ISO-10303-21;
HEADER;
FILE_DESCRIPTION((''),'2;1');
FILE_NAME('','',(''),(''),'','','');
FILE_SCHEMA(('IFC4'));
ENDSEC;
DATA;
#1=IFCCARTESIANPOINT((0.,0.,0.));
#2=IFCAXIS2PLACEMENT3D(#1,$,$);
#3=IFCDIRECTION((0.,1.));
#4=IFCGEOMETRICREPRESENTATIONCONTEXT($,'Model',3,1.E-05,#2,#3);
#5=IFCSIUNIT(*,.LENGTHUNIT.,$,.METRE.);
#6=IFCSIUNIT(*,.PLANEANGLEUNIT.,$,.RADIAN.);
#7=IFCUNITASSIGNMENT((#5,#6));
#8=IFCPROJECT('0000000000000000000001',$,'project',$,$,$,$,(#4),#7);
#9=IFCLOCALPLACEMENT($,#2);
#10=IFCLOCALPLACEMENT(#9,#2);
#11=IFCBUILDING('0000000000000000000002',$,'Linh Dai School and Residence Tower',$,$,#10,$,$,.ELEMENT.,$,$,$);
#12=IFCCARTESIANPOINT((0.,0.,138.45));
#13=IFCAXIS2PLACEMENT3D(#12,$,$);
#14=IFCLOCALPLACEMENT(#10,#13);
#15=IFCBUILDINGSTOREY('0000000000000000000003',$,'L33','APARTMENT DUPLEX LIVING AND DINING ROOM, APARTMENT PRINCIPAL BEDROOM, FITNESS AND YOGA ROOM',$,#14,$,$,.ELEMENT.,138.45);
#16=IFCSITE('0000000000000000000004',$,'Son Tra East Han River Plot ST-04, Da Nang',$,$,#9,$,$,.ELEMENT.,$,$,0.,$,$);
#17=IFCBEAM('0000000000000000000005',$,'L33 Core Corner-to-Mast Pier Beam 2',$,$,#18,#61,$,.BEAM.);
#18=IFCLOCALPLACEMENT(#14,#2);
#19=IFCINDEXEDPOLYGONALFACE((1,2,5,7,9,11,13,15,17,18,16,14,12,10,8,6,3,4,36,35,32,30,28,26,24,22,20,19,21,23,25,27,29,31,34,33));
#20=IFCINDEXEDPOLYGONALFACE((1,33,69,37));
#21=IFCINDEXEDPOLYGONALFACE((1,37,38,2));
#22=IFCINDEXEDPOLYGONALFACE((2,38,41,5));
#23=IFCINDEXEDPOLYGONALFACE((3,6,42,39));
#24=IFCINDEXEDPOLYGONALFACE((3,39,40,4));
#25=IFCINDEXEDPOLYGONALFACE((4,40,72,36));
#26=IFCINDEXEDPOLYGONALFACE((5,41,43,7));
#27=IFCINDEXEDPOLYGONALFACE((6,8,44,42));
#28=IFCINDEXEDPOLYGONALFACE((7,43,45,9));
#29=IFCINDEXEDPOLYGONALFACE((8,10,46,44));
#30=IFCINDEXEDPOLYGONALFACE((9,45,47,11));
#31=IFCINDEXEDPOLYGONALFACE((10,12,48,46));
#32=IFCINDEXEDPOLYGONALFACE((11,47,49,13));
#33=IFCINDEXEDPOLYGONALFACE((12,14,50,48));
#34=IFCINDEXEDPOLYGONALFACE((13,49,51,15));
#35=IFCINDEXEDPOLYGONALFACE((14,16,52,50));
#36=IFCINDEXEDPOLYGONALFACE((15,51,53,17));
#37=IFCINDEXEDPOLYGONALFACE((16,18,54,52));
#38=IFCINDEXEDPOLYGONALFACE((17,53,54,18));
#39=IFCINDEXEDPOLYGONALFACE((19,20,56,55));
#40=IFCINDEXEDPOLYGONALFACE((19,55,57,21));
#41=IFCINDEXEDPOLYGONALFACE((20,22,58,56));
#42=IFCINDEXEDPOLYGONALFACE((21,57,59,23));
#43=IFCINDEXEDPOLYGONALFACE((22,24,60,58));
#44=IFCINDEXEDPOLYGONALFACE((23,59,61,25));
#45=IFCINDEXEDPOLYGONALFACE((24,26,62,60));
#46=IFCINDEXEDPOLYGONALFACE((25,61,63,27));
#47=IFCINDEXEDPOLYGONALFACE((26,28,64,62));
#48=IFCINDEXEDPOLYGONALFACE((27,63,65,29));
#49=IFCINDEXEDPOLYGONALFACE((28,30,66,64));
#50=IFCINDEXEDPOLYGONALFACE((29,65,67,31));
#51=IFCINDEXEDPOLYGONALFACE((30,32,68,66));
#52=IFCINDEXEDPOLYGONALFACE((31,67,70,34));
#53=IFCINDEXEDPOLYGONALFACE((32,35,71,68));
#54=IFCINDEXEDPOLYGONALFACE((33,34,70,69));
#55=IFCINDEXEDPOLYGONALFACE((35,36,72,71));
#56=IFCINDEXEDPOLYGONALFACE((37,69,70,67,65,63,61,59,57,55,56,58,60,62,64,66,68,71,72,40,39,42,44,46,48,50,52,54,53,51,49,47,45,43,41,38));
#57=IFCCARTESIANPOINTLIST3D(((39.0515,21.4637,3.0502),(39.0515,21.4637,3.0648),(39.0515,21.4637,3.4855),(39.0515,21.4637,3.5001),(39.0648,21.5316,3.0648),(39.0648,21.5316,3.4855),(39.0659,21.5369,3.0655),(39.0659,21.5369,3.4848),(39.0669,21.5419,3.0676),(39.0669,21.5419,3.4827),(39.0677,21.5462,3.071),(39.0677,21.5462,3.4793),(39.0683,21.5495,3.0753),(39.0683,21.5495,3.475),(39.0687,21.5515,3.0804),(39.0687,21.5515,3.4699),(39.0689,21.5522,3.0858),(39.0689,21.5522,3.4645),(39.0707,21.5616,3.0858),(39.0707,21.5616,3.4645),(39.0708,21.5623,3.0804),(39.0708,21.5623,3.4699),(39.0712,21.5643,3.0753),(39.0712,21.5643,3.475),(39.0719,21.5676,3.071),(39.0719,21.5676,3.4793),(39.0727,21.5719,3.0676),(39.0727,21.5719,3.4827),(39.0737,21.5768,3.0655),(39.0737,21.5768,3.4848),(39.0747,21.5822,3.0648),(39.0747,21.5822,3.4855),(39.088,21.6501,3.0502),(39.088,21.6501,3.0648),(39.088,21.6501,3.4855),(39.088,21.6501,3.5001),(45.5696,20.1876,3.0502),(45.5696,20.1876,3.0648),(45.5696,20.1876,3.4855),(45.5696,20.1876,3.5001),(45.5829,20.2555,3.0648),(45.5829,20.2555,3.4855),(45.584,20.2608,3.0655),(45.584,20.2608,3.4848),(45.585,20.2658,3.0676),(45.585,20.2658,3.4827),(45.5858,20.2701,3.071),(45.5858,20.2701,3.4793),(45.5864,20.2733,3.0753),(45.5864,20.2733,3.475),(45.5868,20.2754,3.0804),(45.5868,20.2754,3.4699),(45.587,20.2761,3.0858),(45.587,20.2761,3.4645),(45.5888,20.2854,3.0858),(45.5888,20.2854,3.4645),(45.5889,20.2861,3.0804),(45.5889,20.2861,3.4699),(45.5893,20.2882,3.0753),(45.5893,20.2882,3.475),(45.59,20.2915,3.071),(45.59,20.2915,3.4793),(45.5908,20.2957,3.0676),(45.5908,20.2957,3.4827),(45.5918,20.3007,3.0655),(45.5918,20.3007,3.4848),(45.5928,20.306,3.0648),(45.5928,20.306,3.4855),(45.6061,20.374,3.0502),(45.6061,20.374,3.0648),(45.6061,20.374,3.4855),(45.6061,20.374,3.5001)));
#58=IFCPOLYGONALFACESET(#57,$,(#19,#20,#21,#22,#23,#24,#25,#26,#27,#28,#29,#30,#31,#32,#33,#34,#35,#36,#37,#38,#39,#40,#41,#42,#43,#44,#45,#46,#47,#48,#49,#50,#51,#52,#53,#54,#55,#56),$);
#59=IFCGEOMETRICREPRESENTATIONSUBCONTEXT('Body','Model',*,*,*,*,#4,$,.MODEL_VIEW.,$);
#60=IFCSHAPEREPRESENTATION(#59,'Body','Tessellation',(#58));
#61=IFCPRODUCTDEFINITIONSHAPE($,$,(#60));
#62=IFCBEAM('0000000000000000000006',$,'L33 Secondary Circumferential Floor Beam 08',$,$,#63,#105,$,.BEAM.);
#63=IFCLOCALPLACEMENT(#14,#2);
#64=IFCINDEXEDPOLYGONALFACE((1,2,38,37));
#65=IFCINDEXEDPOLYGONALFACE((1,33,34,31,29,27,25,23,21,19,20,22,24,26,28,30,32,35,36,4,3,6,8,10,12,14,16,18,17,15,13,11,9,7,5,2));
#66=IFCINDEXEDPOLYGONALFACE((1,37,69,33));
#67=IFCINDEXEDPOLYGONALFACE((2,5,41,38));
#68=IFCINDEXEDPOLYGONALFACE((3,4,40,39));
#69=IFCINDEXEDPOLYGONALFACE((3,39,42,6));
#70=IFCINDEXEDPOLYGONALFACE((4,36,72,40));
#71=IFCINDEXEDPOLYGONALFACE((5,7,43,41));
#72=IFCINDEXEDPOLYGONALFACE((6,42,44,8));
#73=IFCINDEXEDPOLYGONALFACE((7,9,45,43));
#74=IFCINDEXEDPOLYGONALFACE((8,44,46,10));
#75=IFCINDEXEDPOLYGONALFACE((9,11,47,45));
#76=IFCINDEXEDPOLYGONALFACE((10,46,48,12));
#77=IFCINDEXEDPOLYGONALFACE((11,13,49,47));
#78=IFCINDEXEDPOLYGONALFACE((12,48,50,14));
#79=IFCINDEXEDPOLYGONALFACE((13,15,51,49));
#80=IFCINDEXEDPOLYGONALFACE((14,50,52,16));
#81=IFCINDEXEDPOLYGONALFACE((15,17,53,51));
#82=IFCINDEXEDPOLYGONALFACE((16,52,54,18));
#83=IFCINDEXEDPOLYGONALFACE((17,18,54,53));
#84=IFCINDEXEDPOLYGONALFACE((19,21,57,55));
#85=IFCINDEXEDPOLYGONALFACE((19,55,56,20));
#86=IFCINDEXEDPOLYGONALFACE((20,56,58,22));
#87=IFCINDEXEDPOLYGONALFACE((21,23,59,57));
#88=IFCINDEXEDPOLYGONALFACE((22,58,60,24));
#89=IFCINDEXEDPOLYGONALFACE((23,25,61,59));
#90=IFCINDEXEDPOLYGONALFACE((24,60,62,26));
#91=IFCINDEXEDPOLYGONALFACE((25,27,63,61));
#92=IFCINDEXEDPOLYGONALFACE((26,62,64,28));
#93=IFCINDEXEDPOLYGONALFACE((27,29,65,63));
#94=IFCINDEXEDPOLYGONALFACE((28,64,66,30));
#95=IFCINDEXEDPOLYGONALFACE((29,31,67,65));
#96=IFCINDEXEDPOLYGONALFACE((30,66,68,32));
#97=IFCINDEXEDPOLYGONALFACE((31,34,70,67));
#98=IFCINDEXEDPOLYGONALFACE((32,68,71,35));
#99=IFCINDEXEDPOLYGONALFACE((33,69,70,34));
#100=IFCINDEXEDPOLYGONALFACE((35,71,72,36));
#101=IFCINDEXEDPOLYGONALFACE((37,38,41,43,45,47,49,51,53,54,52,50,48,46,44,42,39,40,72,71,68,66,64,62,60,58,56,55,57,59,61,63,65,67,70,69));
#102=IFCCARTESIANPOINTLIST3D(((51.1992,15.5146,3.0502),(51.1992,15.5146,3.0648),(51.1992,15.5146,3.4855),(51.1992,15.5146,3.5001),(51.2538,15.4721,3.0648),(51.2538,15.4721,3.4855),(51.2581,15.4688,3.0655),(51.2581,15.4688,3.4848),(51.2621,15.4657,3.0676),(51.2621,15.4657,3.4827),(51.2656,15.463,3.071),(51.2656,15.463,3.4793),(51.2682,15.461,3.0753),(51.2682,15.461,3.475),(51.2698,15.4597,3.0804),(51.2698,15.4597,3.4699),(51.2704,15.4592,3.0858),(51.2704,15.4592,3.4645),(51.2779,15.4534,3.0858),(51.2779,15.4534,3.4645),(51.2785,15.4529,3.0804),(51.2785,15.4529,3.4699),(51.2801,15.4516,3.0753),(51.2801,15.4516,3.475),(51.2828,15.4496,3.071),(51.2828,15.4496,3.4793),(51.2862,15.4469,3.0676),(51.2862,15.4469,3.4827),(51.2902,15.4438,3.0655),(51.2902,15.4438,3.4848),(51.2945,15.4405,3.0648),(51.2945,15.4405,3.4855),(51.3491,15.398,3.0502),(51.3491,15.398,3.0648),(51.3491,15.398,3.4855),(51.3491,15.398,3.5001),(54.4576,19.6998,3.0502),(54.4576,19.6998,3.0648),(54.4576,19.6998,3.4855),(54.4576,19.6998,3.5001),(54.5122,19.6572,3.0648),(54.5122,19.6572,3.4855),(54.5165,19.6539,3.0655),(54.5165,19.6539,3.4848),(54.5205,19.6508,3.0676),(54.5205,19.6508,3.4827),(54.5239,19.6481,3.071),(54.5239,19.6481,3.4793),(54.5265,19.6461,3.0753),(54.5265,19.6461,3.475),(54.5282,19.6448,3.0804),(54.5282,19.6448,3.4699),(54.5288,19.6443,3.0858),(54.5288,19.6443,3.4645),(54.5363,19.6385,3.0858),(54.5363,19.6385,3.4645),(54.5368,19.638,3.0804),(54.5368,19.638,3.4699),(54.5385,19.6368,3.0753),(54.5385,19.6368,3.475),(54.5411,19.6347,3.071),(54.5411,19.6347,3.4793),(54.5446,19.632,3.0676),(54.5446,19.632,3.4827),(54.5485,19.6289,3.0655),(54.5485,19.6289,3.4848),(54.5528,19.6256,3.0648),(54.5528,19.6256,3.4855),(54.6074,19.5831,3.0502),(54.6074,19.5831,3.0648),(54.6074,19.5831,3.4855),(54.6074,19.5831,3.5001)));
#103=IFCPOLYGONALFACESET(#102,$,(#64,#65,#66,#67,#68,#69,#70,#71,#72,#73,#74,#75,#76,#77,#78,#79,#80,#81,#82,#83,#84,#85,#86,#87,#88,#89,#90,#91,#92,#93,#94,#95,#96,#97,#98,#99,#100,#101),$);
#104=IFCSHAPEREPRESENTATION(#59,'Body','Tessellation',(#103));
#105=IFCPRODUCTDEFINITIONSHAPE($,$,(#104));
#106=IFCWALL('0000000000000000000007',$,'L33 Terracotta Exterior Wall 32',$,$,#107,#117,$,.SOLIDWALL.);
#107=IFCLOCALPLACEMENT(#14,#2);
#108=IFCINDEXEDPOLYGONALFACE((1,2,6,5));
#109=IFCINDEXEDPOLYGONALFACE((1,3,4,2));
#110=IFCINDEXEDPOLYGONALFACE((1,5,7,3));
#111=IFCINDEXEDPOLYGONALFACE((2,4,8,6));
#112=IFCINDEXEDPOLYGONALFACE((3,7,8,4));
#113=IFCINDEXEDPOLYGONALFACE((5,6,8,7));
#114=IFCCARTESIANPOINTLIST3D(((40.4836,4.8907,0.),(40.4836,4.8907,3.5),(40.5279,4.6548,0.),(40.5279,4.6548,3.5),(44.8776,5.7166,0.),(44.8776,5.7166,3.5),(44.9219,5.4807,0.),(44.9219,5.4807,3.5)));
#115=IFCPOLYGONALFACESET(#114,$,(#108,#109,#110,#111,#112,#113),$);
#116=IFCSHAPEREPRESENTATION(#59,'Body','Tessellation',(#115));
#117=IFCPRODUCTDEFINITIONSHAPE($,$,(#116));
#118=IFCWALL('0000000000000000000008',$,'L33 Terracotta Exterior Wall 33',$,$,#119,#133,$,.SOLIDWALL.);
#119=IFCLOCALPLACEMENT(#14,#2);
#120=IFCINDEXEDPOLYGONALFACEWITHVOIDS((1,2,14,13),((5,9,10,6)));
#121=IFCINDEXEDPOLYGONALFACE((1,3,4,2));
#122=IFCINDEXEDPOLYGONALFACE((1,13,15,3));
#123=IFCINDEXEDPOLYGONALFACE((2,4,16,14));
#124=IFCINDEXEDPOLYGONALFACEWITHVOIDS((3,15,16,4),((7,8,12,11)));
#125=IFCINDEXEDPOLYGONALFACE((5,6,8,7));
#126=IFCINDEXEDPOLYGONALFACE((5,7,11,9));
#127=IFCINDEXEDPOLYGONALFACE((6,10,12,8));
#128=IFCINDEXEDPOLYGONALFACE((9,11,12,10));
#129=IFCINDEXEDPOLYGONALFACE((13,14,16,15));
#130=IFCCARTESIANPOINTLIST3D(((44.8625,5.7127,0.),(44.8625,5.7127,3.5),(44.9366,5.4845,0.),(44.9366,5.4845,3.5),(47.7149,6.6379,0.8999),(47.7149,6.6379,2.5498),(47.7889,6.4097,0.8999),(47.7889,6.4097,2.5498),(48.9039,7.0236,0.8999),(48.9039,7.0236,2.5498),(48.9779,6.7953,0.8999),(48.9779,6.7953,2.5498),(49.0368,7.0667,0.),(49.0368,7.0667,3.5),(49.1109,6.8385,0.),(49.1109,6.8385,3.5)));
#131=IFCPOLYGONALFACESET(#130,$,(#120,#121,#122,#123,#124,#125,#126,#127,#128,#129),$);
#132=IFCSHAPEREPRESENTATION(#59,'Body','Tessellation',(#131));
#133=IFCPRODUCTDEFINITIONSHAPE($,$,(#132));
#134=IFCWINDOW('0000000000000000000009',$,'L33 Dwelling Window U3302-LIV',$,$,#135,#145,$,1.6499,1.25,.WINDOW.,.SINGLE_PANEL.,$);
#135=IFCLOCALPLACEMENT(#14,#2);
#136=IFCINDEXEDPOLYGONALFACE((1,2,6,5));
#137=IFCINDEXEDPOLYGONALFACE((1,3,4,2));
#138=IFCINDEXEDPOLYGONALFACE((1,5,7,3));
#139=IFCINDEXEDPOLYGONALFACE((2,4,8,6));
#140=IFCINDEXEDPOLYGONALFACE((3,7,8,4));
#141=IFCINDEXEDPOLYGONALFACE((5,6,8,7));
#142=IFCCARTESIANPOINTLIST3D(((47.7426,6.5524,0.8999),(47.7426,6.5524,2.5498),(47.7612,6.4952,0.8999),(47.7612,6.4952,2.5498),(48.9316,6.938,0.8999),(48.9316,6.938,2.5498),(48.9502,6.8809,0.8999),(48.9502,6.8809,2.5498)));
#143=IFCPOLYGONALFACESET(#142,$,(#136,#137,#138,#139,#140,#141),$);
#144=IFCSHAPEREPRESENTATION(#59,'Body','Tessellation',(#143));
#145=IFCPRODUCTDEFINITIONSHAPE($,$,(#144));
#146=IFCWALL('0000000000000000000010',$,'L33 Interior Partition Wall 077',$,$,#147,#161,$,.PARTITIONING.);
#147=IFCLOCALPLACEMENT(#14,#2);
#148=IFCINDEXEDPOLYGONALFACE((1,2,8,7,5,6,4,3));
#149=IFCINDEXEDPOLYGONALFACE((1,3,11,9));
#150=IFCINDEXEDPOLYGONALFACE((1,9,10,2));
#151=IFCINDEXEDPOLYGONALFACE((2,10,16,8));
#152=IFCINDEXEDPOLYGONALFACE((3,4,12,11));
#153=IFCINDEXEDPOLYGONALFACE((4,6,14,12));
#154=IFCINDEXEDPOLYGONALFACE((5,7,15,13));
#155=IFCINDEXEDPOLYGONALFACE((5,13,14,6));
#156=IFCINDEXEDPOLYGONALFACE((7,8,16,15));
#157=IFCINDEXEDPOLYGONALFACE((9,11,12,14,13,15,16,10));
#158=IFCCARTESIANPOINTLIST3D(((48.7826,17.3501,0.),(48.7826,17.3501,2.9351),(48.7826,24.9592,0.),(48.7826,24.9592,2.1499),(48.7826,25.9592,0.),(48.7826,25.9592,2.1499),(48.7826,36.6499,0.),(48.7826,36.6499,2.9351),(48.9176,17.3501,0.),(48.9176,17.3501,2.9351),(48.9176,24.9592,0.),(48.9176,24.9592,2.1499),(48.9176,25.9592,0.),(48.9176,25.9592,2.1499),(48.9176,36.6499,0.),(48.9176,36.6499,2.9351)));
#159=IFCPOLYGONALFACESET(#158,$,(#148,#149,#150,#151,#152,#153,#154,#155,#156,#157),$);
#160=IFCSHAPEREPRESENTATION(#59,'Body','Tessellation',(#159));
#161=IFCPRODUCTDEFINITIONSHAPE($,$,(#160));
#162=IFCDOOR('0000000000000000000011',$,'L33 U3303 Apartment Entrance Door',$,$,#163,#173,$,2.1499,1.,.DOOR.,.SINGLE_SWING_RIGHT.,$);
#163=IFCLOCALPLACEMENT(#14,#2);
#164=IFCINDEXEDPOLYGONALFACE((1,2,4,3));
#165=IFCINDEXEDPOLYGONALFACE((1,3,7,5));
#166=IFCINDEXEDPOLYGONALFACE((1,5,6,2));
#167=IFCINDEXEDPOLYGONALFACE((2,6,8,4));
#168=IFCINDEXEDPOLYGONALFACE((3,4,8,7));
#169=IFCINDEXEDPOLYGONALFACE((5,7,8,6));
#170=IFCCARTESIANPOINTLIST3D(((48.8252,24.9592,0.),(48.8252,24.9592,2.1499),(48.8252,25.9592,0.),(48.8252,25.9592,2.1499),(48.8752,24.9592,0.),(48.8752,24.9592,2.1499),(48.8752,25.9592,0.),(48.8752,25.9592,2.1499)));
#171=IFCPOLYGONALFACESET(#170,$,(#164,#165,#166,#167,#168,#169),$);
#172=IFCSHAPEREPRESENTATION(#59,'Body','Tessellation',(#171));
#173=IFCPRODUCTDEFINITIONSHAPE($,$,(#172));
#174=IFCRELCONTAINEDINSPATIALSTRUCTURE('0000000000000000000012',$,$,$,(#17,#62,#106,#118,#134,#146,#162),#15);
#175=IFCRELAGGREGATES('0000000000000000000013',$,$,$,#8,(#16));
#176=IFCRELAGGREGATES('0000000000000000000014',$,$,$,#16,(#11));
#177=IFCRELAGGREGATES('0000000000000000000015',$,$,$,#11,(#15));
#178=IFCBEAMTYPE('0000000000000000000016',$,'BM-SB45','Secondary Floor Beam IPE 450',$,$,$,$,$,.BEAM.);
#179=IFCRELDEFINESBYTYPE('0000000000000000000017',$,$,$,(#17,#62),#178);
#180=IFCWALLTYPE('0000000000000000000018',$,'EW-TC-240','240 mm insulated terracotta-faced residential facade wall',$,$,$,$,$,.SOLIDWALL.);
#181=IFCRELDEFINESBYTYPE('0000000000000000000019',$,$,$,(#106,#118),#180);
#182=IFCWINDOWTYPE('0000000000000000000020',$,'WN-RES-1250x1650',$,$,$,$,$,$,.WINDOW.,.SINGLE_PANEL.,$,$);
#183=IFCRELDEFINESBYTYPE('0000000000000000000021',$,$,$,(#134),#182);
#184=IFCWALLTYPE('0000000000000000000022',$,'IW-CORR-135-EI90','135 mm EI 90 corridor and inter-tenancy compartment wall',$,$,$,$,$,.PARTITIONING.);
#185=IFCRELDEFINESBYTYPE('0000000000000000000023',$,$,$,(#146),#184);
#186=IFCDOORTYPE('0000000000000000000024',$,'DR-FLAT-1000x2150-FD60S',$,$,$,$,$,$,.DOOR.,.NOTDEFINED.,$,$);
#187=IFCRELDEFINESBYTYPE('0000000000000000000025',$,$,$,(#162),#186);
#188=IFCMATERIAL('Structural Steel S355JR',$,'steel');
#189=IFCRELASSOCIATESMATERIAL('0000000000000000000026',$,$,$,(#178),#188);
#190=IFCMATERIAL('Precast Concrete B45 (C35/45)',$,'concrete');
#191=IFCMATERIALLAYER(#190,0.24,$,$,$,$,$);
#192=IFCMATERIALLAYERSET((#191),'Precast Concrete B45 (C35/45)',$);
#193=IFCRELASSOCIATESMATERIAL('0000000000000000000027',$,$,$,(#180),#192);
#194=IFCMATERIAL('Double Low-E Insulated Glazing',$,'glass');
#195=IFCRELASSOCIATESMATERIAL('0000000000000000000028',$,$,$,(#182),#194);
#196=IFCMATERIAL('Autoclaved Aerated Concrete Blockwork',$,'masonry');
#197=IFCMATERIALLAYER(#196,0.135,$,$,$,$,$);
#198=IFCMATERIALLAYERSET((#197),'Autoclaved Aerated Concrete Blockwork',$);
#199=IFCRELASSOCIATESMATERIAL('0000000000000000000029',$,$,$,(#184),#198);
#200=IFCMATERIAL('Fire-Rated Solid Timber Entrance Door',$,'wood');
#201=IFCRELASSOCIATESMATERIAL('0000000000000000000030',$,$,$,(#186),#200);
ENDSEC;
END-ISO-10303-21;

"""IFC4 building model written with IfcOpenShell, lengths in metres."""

from ifc_helpers import new_model, si_unit, direction, frame, frame_2d, origin, origin_2d, place, context, subcontext, project, spatial, rectangle, i_section, extrude, source, transform, mapped, material, layer, layer_set, material_profile, profile_set, type_object, element, fill, save


model = new_model("IFC4")

# Units and contexts
model_context = context("Model", 3, precision=1e-05, world=origin(), true_north=direction((0.0, 1.0)))
body_context = subcontext(model_context, "Body", "Model", "MODEL_VIEW")
ifc_project = project(units=[si_unit("LENGTHUNIT", "METRE"), si_unit("PLANEANGLEUNIT", "RADIAN")], contexts=[model_context])

# Site, building, storey
site_placement = place(None, origin())
site = spatial("IfcSite", under=ifc_project, at=site_placement, Name="Son Tra East Han River Plot ST-04, Da Nang", CompositionType="ELEMENT", RefElevation=0.0)
building_placement = place(site_placement, origin())
building = spatial("IfcBuilding", under=site, at=building_placement, Name="Linh Dai School and Residence Tower", CompositionType="ELEMENT")
storey_placement = place(building_placement, frame((0.0, 0.0, 138.45)))
storey = spatial("IfcBuildingStorey", under=building, at=storey_placement, Name="L33", Description="APARTMENT DUPLEX LIVING AND DINING ROOM, APARTMENT PRINCIPAL BEDROOM, FITNESS AND YOGA ROOM", CompositionType="ELEMENT", Elevation=138.45)

# Shared definitions
ifc_material_1 = material(Name="Structural Steel S355JR", Category="steel")

# Beams
ifc_material_profile_1 = material_profile(ifc_material_1, i_section(OverallWidth=0.1899, OverallDepth=0.45, WebThickness=0.0095, FlangeThickness=0.0146, FilletRadius=0.021, at=origin_2d()), Name="IPE 450")
ifc_profile_set_1 = profile_set([ifc_material_profile_1], Name="Structural Steel S355JR")
beam_type_1 = type_object("IfcBeamType", Name="BM-SB45", Description="Secondary Floor Beam IPE 450", PredefinedType="BEAM", material=ifc_profile_set_1)
beam_1_placement = place(storey_placement, frame((45.5879, 20.2808, 3.2751), z_axis=(-0.981369, 0.192135, 0.0), x_axis=(-0.192135, -0.981369, 0.0)))
element("IfcBeam", 1, at=beam_1_placement, inside=storey, type_object=beam_type_1, Name="L33 Core Corner-to-Mast Pier Beam 2", PredefinedType="BEAM", context=body_context, shape_type="SweptSolid", body=[
    extrude(i_section(OverallWidth=0.1899, OverallDepth=0.45, WebThickness=0.0095, FlangeThickness=0.0146, FilletRadius=0.021, at=origin_2d()), origin(), (0.0, 0.0, 1.0), 6.6418),
])
beam_2_placement = place(storey_placement, frame((51.2742, 15.4563, 3.2751), z_axis=(0.614323, 0.789055, 0.0), x_axis=(-0.789055, 0.614323, 0.0)))
element("IfcBeam", 2, at=beam_2_placement, inside=storey, type_object=beam_type_1, Name="L33 Secondary Circumferential Floor Beam 08", PredefinedType="BEAM", context=body_context, shape_type="SweptSolid", body=[
    extrude(i_section(OverallWidth=0.1899, OverallDepth=0.45, WebThickness=0.0095, FlangeThickness=0.0146, FilletRadius=0.021, at=origin_2d()), origin(), (0.0, 0.0, 1.0), 5.304),
])

# Wall
ifc_material_2 = material(Name="Precast Concrete B45 (C35/45)", Category="concrete")
ifc_layer_1 = layer(ifc_material_2, 0.24)
ifc_layer_set_1 = layer_set([ifc_layer_1], Name="Precast Concrete B45 (C35/45)")
wall_type_1 = type_object("IfcWallType", Name="EW-TC-240", Description="240 mm insulated terracotta-faced residential facade wall", PredefinedType="SOLIDWALL", material=ifc_layer_set_1)
wall_1_placement = place(storey_placement, frame((44.8997, 5.5986, 0.0), z_axis=(0.0, 0.0, 1.0), x_axis=(-0.982789, -0.18473, 0.0)))
element("IfcWall", 3, at=wall_1_placement, inside=storey, type_object=wall_type_1, Name="L33 Terracotta Exterior Wall 32", PredefinedType="SOLIDWALL", context=body_context, shape_type="SweptSolid", body=[
    extrude(rectangle(XDim=4.4709, YDim=0.24, at=frame_2d((2.2354, 0.0))), origin(), (0.0, 0.0, 1.0), 3.5),
])

# Wall, opening, window
wall_2_placement = place(storey_placement, frame((49.074, 6.9526, 0.0), z_axis=(0.0, 0.0, 1.0), x_axis=(-0.951211, -0.30854, 0.0)))
wall_2 = element("IfcWall", 4, at=wall_2_placement, inside=storey, type_object=wall_type_1, Name="L33 Terracotta Exterior Wall 33", PredefinedType="SOLIDWALL", context=body_context, shape_type="SweptSolid", body=[
    extrude(rectangle(XDim=4.3884, YDim=0.24, at=frame_2d((2.1943, 0.0))), origin(), (0.0, 0.0, 1.0), 3.5),
])
opening_1_placement = place(wall_2_placement, frame((0.1399, 0.0, 0.8999)))
opening_1 = element("IfcOpeningElement", 5, at=opening_1_placement, cuts=wall_2, PredefinedType="OPENING", context=body_context, shape_type="SweptSolid", body=[
    extrude(rectangle(XDim=1.25, YDim=1.6499, at=origin_2d()), frame((0.625, 0.1299, 0.825), z_axis=(0.0, -1.0, 0.0), x_axis=(1.0, 0.0, 0.0)), (0.0, 0.0, 1.0), 0.26),
])
ifc_material_3 = material(Name="Double Low-E Insulated Glazing", Category="glass")
window_type = type_object("IfcWindowType", Name="WN-RES-1250x1650", PartitioningType="SINGLE_PANEL", PredefinedType="WINDOW", material=ifc_material_3)
shared_shape_1 = source(origin(), body_context, "Body", "SweptSolid", [
    extrude(rectangle(XDim=1.25, YDim=1.6499, at=origin_2d()), frame((0.625, 0.03, 0.825), z_axis=(0.0, -1.0, 0.0), x_axis=(1.0, 0.0, 0.0)), (0.0, 0.0, 1.0), 0.0601),
])
window_placement = place(opening_1_placement, origin())
window = element("IfcWindow", 6, at=window_placement, inside=storey, type_object=window_type, Name="L33 Dwelling Window U3302-LIV", OverallHeight=1.6499, OverallWidth=1.25, PartitioningType="SINGLE_PANEL", PredefinedType="WINDOW", context=body_context, shape_type="MappedRepresentation", body=[
    mapped(shared_shape_1, transform((0.0, 0.0, 0.0), x_axis=(1.0, 0.0, 0.0), y_axis=(0.0, 1.0, 0.0), z_axis=(0.0, 0.0, 1.0), scale=1.0)),
])
fill(opening_1, window)

# Wall, opening, door
ifc_material_4 = material(Name="Autoclaved Aerated Concrete Blockwork", Category="masonry")
ifc_layer_2 = layer(ifc_material_4, 0.135)
ifc_layer_set_2 = layer_set([ifc_layer_2], Name="Autoclaved Aerated Concrete Blockwork")
wall_type_2 = type_object("IfcWallType", Name="IW-CORR-135-EI90", Description="135 mm EI 90 corridor and inter-tenancy compartment wall", PredefinedType="PARTITIONING", material=ifc_layer_set_2)
wall_3_placement = place(storey_placement, frame((48.8501, 17.3501, 0.0), z_axis=(0.0, 0.0, 1.0), x_axis=(0.0, 1.0, 0.0)))
wall_3 = element("IfcWall", 7, at=wall_3_placement, inside=storey, type_object=wall_type_2, Name="L33 Interior Partition Wall 077", PredefinedType="PARTITIONING", context=body_context, shape_type="SweptSolid", body=[
    extrude(rectangle(XDim=19.2998, YDim=0.135, at=frame_2d((9.6499, 0.0))), origin(), (0.0, 0.0, 1.0), 2.9351),
])
opening_2_placement = place(wall_3_placement, frame((7.6091, 0.0, 0.0)))
opening_2 = element("IfcOpeningElement", 8, at=opening_2_placement, cuts=wall_3, PredefinedType="OPENING", context=body_context, shape_type="SweptSolid", body=[
    extrude(rectangle(XDim=1.0, YDim=2.1499, at=origin_2d()), frame((0.5, 0.0776, 1.075), z_axis=(0.0, -1.0, 0.0), x_axis=(1.0, 0.0, 0.0)), (0.0, 0.0, 1.0), 0.155),
])
ifc_material_5 = material(Name="Fire-Rated Solid Timber Entrance Door", Category="wood")
door_type_1 = type_object("IfcDoorType", Name="DR-FLAT-1000x2150-FD60S", OperationType="NOTDEFINED", PredefinedType="DOOR", material=ifc_material_5)
shared_shape_2 = source(origin(), body_context, "Body", "SweptSolid", [
    extrude(rectangle(XDim=1.0, YDim=2.1499, at=origin_2d()), frame((0.5, 0.0249, 1.075), z_axis=(0.0, -1.0, 0.0), x_axis=(1.0, 0.0, 0.0)), (0.0, 0.0, 1.0), 0.05),
])
door_1_placement = place(opening_2_placement, origin())
door_1 = element("IfcDoor", 9, at=door_1_placement, inside=storey, type_object=door_type_1, Name="L33 U3303 Apartment Entrance Door", OperationType="SINGLE_SWING_RIGHT", OverallHeight=2.1499, OverallWidth=1.0, PredefinedType="DOOR", context=body_context, shape_type="MappedRepresentation", body=[
    mapped(shared_shape_2, transform((0.0, 0.0, 0.0), x_axis=(1.0, 0.0, 0.0), y_axis=(0.0, 1.0, 0.0), z_axis=(0.0, 0.0, 1.0), scale=1.0)),
])
fill(opening_2, door_1)

save(model, "model.ifc")
